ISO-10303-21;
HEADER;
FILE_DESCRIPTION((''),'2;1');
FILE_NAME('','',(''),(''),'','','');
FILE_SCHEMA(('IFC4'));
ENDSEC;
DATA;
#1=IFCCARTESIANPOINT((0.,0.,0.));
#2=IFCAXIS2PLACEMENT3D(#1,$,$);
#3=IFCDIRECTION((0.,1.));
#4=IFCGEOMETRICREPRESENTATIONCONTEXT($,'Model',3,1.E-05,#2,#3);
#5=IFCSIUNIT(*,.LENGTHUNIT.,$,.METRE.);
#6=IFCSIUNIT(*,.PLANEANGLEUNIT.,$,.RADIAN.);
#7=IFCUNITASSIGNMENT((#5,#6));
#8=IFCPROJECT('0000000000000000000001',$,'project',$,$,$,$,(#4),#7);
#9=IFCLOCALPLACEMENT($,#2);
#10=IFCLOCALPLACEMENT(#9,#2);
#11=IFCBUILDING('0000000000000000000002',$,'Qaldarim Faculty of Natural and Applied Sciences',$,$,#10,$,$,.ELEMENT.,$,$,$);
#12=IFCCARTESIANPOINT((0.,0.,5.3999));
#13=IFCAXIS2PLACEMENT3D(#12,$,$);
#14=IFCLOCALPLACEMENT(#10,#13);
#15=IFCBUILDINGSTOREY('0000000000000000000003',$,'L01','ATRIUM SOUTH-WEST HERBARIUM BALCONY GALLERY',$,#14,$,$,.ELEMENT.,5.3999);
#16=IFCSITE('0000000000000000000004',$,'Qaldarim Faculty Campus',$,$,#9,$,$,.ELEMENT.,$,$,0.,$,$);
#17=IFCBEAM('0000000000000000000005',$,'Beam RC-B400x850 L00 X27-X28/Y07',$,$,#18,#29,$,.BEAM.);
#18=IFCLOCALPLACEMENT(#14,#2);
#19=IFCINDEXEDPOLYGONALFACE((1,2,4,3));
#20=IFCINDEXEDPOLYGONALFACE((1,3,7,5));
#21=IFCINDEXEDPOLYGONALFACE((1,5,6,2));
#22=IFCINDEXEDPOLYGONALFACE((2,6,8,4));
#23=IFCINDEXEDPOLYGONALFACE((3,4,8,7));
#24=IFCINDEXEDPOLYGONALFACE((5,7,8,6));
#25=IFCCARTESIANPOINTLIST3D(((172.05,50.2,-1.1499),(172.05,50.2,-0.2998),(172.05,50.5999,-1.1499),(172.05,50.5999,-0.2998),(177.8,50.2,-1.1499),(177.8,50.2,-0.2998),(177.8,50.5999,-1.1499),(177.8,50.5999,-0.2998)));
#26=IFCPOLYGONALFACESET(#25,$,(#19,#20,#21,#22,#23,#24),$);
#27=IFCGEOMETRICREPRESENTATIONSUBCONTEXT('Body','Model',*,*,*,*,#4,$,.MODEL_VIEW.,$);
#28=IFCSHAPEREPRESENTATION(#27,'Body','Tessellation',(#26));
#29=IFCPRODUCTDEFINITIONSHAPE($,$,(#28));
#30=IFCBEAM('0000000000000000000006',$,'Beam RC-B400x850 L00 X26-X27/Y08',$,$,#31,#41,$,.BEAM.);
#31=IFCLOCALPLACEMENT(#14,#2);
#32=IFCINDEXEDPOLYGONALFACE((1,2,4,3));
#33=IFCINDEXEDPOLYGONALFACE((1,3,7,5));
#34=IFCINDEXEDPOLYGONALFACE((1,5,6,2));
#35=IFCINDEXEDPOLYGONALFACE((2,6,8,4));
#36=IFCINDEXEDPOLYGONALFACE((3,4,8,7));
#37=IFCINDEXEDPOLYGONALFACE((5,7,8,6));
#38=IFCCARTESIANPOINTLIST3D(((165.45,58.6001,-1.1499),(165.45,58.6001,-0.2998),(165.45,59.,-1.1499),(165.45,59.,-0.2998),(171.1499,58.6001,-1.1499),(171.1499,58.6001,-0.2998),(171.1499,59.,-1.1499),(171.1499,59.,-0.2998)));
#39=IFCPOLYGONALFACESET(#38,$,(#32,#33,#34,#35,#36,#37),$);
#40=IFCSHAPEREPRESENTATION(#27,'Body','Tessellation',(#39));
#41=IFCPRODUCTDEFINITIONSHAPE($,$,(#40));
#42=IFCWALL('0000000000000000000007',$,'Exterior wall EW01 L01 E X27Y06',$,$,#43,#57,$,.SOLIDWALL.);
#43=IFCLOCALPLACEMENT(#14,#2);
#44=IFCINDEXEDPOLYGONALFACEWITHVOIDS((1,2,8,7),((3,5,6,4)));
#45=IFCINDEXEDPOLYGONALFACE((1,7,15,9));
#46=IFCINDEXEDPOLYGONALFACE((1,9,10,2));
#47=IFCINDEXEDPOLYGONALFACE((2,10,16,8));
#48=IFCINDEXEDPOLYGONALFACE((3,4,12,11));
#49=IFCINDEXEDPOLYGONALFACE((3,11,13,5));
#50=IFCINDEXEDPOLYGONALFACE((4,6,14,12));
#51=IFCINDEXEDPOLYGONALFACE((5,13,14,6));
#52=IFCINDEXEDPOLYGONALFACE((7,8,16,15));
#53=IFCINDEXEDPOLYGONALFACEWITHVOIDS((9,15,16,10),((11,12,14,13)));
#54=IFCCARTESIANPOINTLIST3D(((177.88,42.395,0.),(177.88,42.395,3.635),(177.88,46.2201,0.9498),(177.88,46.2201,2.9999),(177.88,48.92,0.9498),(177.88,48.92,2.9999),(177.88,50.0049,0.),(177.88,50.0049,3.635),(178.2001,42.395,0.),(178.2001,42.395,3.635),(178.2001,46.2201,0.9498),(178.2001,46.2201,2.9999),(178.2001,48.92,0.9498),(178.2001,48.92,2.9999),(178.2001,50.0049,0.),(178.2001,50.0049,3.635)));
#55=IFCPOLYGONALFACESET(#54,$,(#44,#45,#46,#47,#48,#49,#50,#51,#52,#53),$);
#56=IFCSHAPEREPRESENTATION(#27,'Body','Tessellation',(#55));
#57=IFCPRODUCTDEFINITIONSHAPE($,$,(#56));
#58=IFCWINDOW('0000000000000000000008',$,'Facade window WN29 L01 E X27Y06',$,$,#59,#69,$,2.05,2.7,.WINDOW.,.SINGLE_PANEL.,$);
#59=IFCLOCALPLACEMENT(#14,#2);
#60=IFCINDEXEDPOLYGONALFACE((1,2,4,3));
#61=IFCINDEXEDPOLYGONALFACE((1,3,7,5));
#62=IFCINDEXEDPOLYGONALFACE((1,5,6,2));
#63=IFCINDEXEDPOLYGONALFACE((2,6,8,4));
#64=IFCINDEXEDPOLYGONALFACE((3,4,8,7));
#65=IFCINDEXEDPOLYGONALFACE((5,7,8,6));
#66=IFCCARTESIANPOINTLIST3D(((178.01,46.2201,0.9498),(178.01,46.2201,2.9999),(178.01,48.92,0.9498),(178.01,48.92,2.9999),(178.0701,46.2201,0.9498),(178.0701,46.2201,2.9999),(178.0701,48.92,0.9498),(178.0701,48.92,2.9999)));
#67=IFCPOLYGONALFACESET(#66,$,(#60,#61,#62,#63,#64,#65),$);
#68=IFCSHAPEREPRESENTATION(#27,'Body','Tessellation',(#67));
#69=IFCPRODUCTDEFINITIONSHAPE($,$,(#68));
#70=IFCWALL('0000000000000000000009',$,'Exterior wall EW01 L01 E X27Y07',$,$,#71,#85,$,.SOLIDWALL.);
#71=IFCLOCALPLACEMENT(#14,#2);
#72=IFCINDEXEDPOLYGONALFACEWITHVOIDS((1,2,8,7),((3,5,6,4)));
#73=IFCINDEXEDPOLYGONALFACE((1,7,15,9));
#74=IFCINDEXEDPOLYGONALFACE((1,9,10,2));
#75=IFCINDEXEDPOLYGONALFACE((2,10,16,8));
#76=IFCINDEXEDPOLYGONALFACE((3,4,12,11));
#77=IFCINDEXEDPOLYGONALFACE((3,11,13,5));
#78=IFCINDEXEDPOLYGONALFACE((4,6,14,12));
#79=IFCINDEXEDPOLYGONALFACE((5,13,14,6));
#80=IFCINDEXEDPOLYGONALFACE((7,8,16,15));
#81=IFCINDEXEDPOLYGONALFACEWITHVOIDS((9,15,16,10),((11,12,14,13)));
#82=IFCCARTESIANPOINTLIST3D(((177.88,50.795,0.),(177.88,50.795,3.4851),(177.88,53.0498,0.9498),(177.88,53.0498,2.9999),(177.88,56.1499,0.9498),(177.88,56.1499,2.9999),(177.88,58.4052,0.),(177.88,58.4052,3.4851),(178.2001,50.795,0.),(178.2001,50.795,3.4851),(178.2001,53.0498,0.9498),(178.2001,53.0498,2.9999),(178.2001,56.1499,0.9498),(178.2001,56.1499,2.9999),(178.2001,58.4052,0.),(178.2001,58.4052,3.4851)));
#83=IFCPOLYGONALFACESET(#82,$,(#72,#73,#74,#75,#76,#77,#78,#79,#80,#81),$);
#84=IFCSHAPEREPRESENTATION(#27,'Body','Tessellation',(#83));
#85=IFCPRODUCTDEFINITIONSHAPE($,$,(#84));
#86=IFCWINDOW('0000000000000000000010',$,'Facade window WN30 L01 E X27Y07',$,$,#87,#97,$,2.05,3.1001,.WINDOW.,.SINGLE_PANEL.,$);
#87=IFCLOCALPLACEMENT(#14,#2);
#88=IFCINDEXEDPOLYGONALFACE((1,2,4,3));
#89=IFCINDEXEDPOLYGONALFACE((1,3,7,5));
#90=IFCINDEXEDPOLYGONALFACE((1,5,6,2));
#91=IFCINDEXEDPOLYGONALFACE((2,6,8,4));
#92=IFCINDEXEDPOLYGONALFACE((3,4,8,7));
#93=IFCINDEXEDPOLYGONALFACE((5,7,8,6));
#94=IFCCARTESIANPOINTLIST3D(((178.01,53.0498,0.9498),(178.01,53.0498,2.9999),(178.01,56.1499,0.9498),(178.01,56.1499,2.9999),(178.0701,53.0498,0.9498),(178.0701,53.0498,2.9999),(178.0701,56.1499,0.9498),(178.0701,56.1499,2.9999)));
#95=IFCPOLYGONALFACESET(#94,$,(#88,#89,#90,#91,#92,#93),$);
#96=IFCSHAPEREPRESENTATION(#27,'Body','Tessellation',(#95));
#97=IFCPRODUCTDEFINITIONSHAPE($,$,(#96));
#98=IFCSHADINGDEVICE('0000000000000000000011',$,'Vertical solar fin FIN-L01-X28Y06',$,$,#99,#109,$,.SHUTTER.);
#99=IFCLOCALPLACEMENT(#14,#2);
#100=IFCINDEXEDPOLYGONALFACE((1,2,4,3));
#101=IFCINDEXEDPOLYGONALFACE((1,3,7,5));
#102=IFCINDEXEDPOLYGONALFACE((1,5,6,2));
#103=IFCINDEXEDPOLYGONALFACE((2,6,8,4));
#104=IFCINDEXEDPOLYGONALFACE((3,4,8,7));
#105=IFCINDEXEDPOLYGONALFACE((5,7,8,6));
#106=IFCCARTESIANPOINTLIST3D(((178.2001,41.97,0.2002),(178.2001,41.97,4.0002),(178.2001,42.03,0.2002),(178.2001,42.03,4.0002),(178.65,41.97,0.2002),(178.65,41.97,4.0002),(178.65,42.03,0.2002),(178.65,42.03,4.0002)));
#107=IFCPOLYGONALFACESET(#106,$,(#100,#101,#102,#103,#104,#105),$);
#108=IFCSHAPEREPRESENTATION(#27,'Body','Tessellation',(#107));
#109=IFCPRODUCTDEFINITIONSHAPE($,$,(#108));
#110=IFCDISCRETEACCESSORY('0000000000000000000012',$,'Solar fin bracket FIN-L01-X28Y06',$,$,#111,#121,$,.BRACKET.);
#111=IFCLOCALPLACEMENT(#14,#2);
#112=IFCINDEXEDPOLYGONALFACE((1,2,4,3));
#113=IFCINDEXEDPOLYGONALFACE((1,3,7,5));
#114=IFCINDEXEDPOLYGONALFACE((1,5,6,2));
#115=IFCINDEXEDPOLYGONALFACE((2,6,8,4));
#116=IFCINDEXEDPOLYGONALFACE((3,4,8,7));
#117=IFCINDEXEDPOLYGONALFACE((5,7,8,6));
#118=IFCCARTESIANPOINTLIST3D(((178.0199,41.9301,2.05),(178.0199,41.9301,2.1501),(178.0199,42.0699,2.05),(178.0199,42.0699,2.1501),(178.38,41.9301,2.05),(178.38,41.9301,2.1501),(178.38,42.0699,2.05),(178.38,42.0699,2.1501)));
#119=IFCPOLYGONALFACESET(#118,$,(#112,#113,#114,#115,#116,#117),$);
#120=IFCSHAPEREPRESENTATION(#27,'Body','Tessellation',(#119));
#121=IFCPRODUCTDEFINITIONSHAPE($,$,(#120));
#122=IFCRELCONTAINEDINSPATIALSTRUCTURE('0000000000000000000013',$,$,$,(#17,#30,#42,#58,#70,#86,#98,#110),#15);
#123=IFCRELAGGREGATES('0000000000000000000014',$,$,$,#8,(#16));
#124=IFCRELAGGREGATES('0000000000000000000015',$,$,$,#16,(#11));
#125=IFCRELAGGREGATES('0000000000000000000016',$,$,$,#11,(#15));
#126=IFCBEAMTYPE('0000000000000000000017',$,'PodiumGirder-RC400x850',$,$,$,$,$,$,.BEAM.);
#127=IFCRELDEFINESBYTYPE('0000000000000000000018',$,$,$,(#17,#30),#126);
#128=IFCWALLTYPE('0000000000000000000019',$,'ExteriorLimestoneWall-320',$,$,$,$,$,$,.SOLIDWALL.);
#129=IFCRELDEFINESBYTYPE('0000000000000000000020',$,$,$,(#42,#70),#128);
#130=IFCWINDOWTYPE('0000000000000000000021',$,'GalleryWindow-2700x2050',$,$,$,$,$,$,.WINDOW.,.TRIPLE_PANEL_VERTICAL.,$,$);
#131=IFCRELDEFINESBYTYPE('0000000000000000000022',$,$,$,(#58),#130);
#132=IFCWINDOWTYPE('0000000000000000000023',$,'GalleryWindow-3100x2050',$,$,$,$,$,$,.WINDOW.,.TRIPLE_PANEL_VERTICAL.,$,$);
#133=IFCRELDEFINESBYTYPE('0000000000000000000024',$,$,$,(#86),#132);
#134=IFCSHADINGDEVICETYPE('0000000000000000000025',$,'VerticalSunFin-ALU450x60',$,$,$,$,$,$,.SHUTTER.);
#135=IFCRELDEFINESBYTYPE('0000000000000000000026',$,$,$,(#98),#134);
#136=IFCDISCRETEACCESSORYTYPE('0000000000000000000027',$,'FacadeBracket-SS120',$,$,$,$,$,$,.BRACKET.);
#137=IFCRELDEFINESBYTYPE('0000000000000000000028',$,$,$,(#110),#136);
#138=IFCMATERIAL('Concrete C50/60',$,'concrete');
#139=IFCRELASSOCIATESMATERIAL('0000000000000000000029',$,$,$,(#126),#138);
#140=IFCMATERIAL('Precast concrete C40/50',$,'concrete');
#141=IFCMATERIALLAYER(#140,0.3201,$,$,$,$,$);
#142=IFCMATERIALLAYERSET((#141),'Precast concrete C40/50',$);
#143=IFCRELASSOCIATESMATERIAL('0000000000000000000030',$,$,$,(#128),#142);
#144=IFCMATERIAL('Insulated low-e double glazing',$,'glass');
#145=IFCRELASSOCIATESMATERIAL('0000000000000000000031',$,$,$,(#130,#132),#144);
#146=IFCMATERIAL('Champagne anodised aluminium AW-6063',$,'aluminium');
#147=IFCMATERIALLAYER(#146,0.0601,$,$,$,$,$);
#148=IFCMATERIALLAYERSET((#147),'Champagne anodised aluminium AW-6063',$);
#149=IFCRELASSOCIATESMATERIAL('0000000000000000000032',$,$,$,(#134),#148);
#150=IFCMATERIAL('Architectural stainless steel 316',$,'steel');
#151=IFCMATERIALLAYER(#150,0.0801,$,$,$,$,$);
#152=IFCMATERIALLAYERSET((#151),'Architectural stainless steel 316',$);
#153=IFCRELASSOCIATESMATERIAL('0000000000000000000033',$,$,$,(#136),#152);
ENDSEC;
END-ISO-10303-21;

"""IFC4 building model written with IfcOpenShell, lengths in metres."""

from ifc_helpers import new_model, si_unit, direction, frame, frame_2d, origin, origin_2d, place, context, subcontext, project, spatial, rectangle, extrude, material, layer, layer_set, material_profile, profile_set, type_object, element, fill, save


model = new_model("IFC4")

# Units and contexts
model_context = context("Model", 3, precision=1e-05, world=origin(), true_north=direction((0.0, 1.0)))
body_context = subcontext(model_context, "Body", "Model", "MODEL_VIEW")
ifc_project = project(units=[si_unit("LENGTHUNIT", "METRE"), si_unit("PLANEANGLEUNIT", "RADIAN")], contexts=[model_context])

# Site, building, storey
site_placement = place(None, origin())
site = spatial("IfcSite", under=ifc_project, at=site_placement, Name="Qaldarim Faculty Campus", CompositionType="ELEMENT", RefElevation=0.0)
building_placement = place(site_placement, origin())
building = spatial("IfcBuilding", under=site, at=building_placement, Name="Qaldarim Faculty of Natural and Applied Sciences", CompositionType="ELEMENT")
storey_placement = place(building_placement, frame((0.0, 0.0, 5.3999)))
storey = spatial("IfcBuildingStorey", under=building, at=storey_placement, Name="L01", Description="ATRIUM SOUTH-WEST HERBARIUM BALCONY GALLERY", CompositionType="ELEMENT", Elevation=5.3999)

# Shared definitions
ifc_material_1 = material(Name="Concrete C50/60", Category="concrete")

# Beams
ifc_material_profile_1 = material_profile(ifc_material_1, rectangle(XDim=0.3999, YDim=0.8501, at=origin_2d()), Name="RC-B400x850")
ifc_profile_set_1 = profile_set([ifc_material_profile_1], Name="Concrete C50/60")
beam_type_1 = type_object("IfcBeamType", Name="PodiumGirder-RC400x850", PredefinedType="BEAM", material=ifc_profile_set_1)
for number, where, z_axis, x_axis, name in (
    (1, (172.05, 50.3999, -0.7249), (1.0, 0.0, 0.0), (0.0, 1.0, 0.0), "Beam RC-B400x850 L00 X27-X28/Y07"),
):
    element("IfcBeam", number, at=place(storey_placement, frame(where, z_axis=z_axis, x_axis=x_axis)), inside=storey, type_object=beam_type_1, Name=name, PredefinedType="BEAM", context=body_context, shape_type="SweptSolid", body=[
        extrude(rectangle(XDim=0.3999, YDim=0.8501, at=origin_2d()), origin(), (0.0, 0.0, 1.0), 5.75),
    ])
beam_1_placement = place(storey_placement, frame((165.45, 58.8, -0.7249), z_axis=(1.0, 0.0, 0.0), x_axis=(0.0, 1.0, 0.0)))
element("IfcBeam", 2, at=beam_1_placement, inside=storey, type_object=beam_type_1, Name="Beam RC-B400x850 L00 X26-X27/Y08", PredefinedType="BEAM", context=body_context, shape_type="SweptSolid", body=[
    extrude(rectangle(XDim=0.3999, YDim=0.8501, at=origin_2d()), origin(), (0.0, 0.0, 1.0), 5.7),
])

# Walls, openings, windows
ifc_material_2 = material(Name="Precast concrete C40/50", Category="concrete")
ifc_layer_1 = layer(ifc_material_2, 0.3201)
ifc_layer_set_1 = layer_set([ifc_layer_1], Name="Precast concrete C40/50")
wall_type = type_object("IfcWallType", Name="ExteriorLimestoneWall-320", PredefinedType="SOLIDWALL", material=ifc_layer_set_1)
wall_1_placement = place(storey_placement, frame((178.04, 42.395, 0.0), z_axis=(0.0, 0.0, 1.0), x_axis=(0.0, 1.0, 0.0)))
wall_1 = element("IfcWall", 3, at=wall_1_placement, inside=storey, type_object=wall_type, Name="Exterior wall EW01 L01 E X27Y06", PredefinedType="SOLIDWALL", context=body_context, shape_type="SweptSolid", body=[
    extrude(rectangle(XDim=7.6099, YDim=0.3201, at=frame_2d((3.8049, 0.0))), origin(), (0.0, 0.0, 1.0), 3.635),
])
opening_1_placement = place(wall_1_placement, frame((3.825, 0.0, 0.95)))
opening_1 = element("IfcOpeningElement", 4, at=opening_1_placement, cuts=wall_1, PredefinedType="OPENING", context=body_context, shape_type="SweptSolid", body=[
    extrude(rectangle(XDim=2.7, YDim=2.05, at=frame_2d((1.3501, 1.0249))), frame((0.0, 0.1699, 0.0), z_axis=(0.0, -1.0, 0.0), x_axis=(1.0, 0.0, 0.0)), (0.0, 0.0, 1.0), 0.3401),
])
ifc_material_3 = material(Name="Insulated low-e double glazing", Category="glass")
window_type_1 = type_object("IfcWindowType", Name="GalleryWindow-2700x2050", PartitioningType="TRIPLE_PANEL_VERTICAL", PredefinedType="WINDOW", material=ifc_material_3)
window_1_placement = place(opening_1_placement, origin())
window_1 = element("IfcWindow", 5, at=window_1_placement, inside=storey, type_object=window_type_1, Name="Facade window WN29 L01 E X27Y06", OverallHeight=2.05, OverallWidth=2.7, PartitioningType="SINGLE_PANEL", PredefinedType="WINDOW", context=body_context, shape_type="SweptSolid", body=[
    extrude(rectangle(XDim=2.7, YDim=2.05, at=frame_2d((1.3501, 1.0249))), frame((0.0, 0.03, 0.0), z_axis=(0.0, -1.0, 0.0), x_axis=(1.0, 0.0, 0.0)), (0.0, 0.0, 1.0), 0.0601),
])
fill(opening_1, window_1)
wall_2_placement = place(storey_placement, frame((178.04, 50.7949, 0.0), z_axis=(0.0, 0.0, 1.0), x_axis=(0.0, 1.0, 0.0)))
wall_2 = element("IfcWall", 6, at=wall_2_placement, inside=storey, type_object=wall_type, Name="Exterior wall EW01 L01 E X27Y07", PredefinedType="SOLIDWALL", context=body_context, shape_type="SweptSolid", body=[
    extrude(rectangle(XDim=7.6101, YDim=0.3201, at=frame_2d((3.8052, 0.0))), origin(), (0.0, 0.0, 1.0), 3.4851),
])
opening_2_placement = place(wall_2_placement, frame((2.2549, 0.0, 0.95)))
opening_2 = element("IfcOpeningElement", 7, at=opening_2_placement, cuts=wall_2, PredefinedType="OPENING", context=body_context, shape_type="SweptSolid", body=[
    extrude(rectangle(XDim=3.1001, YDim=2.05, at=frame_2d((1.55, 1.0249))), frame((0.0, 0.1699, 0.0), z_axis=(0.0, -1.0, 0.0), x_axis=(1.0, 0.0, 0.0)), (0.0, 0.0, 1.0), 0.3401),
])
window_type_2 = type_object("IfcWindowType", Name="GalleryWindow-3100x2050", PartitioningType="TRIPLE_PANEL_VERTICAL", PredefinedType="WINDOW", material=ifc_material_3)
window_2_placement = place(opening_2_placement, origin())
window_2 = element("IfcWindow", 8, at=window_2_placement, inside=storey, type_object=window_type_2, Name="Facade window WN30 L01 E X27Y07", OverallHeight=2.05, OverallWidth=3.1001, PartitioningType="SINGLE_PANEL", PredefinedType="WINDOW", context=body_context, shape_type="SweptSolid", body=[
    extrude(rectangle(XDim=3.1001, YDim=2.05, at=frame_2d((1.55, 1.0249))), frame((0.0, 0.03, 0.0), z_axis=(0.0, -1.0, 0.0), x_axis=(1.0, 0.0, 0.0)), (0.0, 0.0, 1.0), 0.0601),
])
fill(opening_2, window_2)

# Shading device
ifc_material_4 = material(Name="Champagne anodised aluminium AW-6063", Category="aluminium")
ifc_layer_2 = layer(ifc_material_4, 0.0601)
ifc_layer_set_2 = layer_set([ifc_layer_2], Name="Champagne anodised aluminium AW-6063")
shading_device_type = type_object("IfcShadingDeviceType", Name="VerticalSunFin-ALU450x60", PredefinedType="SHUTTER", material=ifc_layer_set_2)
shading_device_placement = place(storey_placement, frame((178.425, 42.0, 0.2002), z_axis=(0.0, 0.0, 1.0), x_axis=(1.0, 0.0, 0.0)))
element("IfcShadingDevice", 9, at=shading_device_placement, inside=storey, type_object=shading_device_type, Name="Vertical solar fin FIN-L01-X28Y06", PredefinedType="SHUTTER", context=body_context, shape_type="SweptSolid", body=[
    extrude(rectangle(XDim=0.45, YDim=0.0601, at=origin_2d()), origin(), (0.0, 0.0, 1.0), 3.8),
])

# Discrete accessory
ifc_material_5 = material(Name="Architectural stainless steel 316", Category="steel")
ifc_layer_3 = layer(ifc_material_5, 0.0801)
ifc_layer_set_3 = layer_set([ifc_layer_3], Name="Architectural stainless steel 316")
discrete_accessory_type = type_object("IfcDiscreteAccessoryType", Name="FacadeBracket-SS120", PredefinedType="BRACKET", material=ifc_layer_set_3)
discrete_accessory_placement = place(storey_placement, frame((178.2, 42.0, 2.05), z_axis=(0.0, 0.0, 1.0), x_axis=(1.0, 0.0, 0.0)))
element("IfcDiscreteAccessory", 10, at=discrete_accessory_placement, inside=storey, type_object=discrete_accessory_type, Name="Solar fin bracket FIN-L01-X28Y06", PredefinedType="BRACKET", context=body_context, shape_type="SweptSolid", body=[
    extrude(rectangle(XDim=0.3601, YDim=0.1399, at=origin_2d()), origin(), (0.0, 0.0, 1.0), 0.1001),
])

save(model, "model.ifc")
